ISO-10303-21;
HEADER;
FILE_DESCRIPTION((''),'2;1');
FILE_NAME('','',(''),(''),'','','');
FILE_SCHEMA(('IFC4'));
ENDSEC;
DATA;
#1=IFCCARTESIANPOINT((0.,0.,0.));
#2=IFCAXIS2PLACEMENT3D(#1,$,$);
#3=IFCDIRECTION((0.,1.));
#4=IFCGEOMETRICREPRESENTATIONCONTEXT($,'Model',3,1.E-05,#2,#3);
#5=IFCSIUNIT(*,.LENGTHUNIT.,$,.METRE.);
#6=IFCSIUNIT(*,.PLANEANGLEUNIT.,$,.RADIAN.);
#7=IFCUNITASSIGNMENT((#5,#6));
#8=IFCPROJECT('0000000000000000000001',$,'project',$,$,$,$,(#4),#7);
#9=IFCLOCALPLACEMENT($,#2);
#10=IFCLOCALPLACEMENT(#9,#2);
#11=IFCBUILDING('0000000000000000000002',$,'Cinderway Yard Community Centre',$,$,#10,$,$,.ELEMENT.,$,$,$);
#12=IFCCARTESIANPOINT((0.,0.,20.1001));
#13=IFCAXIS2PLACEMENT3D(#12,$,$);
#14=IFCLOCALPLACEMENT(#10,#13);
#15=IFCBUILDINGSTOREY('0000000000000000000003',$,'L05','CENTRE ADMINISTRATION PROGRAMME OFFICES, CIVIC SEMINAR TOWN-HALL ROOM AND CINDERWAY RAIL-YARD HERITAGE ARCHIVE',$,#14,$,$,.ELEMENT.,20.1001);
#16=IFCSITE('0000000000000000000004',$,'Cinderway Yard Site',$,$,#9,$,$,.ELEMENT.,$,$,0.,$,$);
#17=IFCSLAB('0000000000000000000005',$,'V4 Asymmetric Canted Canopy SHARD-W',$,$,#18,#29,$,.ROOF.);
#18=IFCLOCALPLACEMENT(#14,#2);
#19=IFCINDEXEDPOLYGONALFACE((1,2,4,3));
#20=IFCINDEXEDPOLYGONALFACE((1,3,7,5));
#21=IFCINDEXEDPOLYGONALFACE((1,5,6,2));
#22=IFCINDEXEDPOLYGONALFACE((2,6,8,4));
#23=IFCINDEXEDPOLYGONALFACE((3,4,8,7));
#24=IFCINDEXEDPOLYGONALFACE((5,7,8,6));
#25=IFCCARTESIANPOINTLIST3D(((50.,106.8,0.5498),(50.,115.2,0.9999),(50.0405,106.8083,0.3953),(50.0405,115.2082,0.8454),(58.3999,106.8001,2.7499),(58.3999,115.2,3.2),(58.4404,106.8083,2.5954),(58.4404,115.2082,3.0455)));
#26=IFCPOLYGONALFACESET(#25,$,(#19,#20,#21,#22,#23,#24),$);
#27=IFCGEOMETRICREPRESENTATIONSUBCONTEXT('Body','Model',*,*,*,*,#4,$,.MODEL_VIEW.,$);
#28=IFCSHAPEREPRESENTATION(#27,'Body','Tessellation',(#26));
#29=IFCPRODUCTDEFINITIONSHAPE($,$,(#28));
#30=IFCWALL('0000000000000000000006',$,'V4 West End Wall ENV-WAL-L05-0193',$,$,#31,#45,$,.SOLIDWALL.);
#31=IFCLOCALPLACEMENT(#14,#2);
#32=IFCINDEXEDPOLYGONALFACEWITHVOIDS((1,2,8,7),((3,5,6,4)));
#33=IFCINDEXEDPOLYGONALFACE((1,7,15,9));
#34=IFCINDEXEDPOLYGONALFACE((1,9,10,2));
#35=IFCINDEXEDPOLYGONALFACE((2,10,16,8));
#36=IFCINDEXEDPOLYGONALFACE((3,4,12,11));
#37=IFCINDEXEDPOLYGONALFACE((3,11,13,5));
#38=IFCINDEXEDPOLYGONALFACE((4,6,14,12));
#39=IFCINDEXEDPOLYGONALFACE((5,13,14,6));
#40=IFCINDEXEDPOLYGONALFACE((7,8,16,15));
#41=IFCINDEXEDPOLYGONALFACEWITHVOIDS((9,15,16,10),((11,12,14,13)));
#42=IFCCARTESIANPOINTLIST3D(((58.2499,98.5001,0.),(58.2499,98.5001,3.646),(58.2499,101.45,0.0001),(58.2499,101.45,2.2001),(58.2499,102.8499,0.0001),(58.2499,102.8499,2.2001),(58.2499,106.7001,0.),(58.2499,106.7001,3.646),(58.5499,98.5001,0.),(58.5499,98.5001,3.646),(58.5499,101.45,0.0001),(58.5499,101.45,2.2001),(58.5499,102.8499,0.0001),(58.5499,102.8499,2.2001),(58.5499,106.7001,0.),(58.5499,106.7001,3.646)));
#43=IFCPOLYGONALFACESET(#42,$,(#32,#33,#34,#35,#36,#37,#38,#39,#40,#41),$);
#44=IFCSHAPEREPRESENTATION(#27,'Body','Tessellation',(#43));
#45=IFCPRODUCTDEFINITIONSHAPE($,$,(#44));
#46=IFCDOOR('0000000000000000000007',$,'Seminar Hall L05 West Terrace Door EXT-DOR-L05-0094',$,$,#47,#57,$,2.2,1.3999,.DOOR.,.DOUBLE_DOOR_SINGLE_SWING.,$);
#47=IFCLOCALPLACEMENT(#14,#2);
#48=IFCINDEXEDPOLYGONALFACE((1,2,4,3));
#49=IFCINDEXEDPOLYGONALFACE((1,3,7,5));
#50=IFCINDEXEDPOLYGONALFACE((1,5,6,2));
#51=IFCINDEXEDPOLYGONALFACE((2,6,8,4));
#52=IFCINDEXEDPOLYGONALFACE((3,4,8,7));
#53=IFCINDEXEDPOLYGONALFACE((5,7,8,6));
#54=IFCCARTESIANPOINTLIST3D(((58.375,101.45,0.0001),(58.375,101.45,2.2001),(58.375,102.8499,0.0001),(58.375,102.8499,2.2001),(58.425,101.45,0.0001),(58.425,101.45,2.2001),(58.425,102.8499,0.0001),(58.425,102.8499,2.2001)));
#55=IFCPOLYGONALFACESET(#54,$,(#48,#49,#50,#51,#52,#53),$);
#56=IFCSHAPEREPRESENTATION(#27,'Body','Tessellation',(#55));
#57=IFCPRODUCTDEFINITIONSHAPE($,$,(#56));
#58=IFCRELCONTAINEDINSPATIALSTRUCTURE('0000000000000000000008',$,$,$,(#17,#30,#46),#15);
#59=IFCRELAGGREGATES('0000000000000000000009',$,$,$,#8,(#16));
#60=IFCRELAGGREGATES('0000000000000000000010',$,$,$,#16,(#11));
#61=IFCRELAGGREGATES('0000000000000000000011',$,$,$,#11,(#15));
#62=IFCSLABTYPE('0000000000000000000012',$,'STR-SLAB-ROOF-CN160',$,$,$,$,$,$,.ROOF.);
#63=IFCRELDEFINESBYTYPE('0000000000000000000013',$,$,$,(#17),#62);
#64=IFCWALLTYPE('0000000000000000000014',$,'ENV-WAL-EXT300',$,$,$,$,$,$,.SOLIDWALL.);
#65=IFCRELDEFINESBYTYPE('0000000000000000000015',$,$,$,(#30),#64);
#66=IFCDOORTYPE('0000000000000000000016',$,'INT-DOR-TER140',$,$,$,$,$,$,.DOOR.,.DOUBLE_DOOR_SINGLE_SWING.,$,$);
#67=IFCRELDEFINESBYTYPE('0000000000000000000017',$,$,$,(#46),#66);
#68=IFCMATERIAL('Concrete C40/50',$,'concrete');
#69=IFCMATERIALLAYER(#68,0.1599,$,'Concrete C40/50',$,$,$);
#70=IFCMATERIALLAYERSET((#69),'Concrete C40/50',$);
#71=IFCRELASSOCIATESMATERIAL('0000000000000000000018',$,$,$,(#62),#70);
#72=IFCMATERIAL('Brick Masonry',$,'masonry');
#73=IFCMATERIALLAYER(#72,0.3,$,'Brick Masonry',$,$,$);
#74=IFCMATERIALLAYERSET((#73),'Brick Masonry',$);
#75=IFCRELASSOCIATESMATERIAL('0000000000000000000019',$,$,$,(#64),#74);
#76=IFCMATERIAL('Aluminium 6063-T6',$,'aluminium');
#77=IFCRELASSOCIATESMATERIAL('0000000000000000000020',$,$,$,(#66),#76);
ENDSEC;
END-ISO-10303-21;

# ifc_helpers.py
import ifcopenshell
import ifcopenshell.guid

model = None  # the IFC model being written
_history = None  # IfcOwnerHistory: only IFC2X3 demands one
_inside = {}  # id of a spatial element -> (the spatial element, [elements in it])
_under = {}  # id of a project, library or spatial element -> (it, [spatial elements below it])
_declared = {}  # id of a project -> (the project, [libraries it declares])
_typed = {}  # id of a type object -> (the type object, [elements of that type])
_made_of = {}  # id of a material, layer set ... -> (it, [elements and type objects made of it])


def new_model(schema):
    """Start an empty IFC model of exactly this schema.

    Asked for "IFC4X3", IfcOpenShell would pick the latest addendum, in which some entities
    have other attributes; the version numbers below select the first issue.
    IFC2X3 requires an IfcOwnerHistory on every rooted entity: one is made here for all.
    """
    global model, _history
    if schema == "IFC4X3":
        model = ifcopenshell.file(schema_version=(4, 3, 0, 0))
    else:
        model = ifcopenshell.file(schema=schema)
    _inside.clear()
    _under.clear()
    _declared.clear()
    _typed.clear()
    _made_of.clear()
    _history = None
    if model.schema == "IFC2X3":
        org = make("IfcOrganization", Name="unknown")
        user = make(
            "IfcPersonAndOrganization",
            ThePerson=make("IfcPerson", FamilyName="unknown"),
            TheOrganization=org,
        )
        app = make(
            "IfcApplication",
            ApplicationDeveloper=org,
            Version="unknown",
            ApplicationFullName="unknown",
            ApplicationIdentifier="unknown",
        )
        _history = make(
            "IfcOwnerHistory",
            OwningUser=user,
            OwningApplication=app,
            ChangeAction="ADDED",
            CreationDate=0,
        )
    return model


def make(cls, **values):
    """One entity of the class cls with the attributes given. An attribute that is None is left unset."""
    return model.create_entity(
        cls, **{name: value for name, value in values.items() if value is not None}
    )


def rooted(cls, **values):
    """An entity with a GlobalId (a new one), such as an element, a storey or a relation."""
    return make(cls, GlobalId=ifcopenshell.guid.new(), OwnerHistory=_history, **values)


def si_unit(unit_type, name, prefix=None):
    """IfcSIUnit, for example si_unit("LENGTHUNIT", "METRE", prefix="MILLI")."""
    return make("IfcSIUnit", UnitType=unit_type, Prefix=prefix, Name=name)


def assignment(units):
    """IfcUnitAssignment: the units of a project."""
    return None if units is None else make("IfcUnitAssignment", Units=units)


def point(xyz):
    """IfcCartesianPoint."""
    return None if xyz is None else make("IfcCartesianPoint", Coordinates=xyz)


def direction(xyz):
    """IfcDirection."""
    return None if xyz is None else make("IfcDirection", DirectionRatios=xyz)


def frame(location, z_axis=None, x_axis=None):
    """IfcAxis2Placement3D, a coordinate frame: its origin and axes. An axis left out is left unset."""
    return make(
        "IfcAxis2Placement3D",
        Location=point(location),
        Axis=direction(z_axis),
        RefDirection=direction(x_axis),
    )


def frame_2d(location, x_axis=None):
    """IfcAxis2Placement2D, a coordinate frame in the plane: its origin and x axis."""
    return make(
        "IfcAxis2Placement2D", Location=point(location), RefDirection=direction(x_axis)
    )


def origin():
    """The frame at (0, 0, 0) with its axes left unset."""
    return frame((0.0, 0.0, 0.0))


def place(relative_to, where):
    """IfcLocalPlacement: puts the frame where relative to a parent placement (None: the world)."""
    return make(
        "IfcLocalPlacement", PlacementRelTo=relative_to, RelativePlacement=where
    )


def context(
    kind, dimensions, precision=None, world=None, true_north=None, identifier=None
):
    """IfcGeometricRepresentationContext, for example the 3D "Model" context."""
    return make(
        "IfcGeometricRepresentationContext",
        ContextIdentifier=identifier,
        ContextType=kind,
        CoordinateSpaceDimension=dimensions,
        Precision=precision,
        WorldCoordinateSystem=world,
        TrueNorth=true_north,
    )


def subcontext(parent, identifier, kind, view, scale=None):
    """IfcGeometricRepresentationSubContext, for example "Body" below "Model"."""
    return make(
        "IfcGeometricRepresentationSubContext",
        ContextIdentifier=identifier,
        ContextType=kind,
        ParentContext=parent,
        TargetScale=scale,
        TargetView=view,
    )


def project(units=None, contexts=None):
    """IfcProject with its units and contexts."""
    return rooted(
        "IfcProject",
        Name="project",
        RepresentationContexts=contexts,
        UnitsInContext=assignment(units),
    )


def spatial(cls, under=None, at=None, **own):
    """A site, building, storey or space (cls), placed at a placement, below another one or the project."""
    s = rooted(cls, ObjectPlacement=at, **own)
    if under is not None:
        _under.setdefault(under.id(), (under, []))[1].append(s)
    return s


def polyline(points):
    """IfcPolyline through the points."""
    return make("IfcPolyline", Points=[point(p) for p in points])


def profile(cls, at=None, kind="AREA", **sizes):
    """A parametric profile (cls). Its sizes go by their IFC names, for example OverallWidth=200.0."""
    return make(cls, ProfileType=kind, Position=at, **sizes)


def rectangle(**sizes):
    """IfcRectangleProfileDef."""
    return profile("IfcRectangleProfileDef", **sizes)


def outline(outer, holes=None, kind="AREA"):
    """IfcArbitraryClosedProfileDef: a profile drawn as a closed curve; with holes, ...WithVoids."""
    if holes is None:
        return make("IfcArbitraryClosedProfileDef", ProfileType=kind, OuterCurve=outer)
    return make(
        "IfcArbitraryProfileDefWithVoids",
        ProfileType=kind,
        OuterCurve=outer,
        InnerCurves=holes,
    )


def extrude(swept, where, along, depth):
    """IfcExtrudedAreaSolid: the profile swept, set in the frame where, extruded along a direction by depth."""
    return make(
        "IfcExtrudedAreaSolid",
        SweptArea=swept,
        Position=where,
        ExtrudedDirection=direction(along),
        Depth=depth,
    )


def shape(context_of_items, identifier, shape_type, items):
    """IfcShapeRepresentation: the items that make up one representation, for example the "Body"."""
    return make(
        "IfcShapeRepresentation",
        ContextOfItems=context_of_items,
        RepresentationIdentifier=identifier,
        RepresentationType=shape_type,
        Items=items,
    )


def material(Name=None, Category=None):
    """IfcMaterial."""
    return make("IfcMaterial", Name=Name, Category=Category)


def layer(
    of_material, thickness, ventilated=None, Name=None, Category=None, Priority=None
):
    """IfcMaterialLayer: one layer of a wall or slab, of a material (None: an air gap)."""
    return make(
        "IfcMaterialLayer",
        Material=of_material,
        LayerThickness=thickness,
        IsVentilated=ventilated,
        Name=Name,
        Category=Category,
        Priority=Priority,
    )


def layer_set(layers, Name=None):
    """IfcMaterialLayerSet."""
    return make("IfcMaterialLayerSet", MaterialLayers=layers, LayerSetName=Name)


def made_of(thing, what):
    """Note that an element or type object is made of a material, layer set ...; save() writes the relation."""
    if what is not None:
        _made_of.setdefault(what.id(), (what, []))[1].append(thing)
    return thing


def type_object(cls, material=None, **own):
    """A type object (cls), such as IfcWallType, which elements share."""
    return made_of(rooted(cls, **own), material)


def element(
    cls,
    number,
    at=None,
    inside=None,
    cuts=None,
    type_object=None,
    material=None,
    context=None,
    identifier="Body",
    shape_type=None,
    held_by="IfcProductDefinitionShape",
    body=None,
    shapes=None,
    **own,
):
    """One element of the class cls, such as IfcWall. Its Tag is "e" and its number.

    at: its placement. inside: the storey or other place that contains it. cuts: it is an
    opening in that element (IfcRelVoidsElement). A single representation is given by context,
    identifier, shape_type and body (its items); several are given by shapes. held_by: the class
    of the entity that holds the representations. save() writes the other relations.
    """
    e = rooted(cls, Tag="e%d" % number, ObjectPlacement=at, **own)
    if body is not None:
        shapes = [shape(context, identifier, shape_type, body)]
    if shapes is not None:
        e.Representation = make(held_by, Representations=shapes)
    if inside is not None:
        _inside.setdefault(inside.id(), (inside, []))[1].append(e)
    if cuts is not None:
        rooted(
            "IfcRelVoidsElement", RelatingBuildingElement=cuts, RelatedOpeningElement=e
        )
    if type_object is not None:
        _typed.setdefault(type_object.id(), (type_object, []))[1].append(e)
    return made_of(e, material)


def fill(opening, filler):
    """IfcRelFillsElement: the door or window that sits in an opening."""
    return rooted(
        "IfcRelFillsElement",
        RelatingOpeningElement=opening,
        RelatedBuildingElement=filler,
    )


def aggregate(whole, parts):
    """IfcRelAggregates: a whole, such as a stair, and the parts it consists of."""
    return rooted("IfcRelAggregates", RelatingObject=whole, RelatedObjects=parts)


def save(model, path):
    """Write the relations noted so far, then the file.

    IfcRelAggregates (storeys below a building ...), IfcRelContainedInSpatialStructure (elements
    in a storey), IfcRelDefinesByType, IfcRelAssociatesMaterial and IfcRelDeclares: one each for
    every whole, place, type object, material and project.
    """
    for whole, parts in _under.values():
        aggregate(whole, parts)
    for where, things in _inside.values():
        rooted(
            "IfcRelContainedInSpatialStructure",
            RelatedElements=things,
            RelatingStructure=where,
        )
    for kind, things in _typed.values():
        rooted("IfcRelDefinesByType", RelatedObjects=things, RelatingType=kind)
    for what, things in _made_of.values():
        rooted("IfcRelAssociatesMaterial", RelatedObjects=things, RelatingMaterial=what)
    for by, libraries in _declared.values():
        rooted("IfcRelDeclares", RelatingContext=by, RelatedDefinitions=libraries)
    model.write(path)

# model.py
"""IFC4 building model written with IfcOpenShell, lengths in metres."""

from ifc_helpers import new_model, si_unit, direction, frame, frame_2d, origin, place, context, subcontext, project, spatial, polyline, rectangle, outline, extrude, material, layer, layer_set, type_object, element, fill, save


model = new_model("IFC4")

# Units and contexts
model_context = context("Model", 3, precision=1e-05, world=origin(), true_north=direction((0.0, 1.0)))
body_context = subcontext(model_context, "Body", "Model", "MODEL_VIEW")
ifc_project = project(units=[si_unit("LENGTHUNIT", "METRE"), si_unit("PLANEANGLEUNIT", "RADIAN")], contexts=[model_context])

# Site, building, storey
site_placement = place(None, origin())
site = spatial("IfcSite", under=ifc_project, at=site_placement, Name="Cinderway Yard Site", CompositionType="ELEMENT", RefElevation=0.0)
building_placement = place(site_placement, origin())
building = spatial("IfcBuilding", under=site, at=building_placement, Name="Cinderway Yard Community Centre", CompositionType="ELEMENT")
storey_placement = place(building_placement, frame((0.0, 0.0, 20.1001)))
storey = spatial("IfcBuildingStorey", under=building, at=storey_placement, Name="L05", Description="CENTRE ADMINISTRATION PROGRAMME OFFICES, CIVIC SEMINAR TOWN-HALL ROOM AND CINDERWAY RAIL-YARD HERITAGE ARCHIVE", CompositionType="ELEMENT", Elevation=20.1001)

# Shared definitions
ifc_material_1 = material(Name="Concrete C40/50", Category="concrete")

# Slab
ifc_layer_1 = layer(ifc_material_1, 0.1599, Name="Concrete C40/50")
ifc_layer_set_1 = layer_set([ifc_layer_1], Name="Concrete C40/50")
slab_type = type_object("IfcSlabType", Name="STR-SLAB-ROOF-CN160", PredefinedType="ROOF", material=ifc_layer_set_1)
slab_placement = place(storey_placement, frame((50.0, 106.8, 0.5498), z_axis=(-0.25303, -0.051763, 0.966073), x_axis=(0.967369, 0.000001, 0.25337)))
element("IfcSlab", 1, at=slab_placement, inside=storey, type_object=slab_type, Name="V4 Asymmetric Canted Canopy SHARD-W", PredefinedType="ROOF", context=body_context, shape_type="SweptSolid", body=[
    extrude(outline(polyline([(0.0, 0.0), (8.6833, 0.0), (8.7973, 8.4112), (0.1141, 8.4112), (0.0, 0.0)])), origin(), (0.0, 0.0, -1.0), 0.1599),
])

# Wall, opening, door
ifc_material_2 = material(Name="Brick Masonry", Category="masonry")
ifc_layer_2 = layer(ifc_material_2, 0.3, Name="Brick Masonry")
ifc_layer_set_2 = layer_set([ifc_layer_2], Name="Brick Masonry")
wall_type_1 = type_object("IfcWallType", Name="ENV-WAL-EXT300", PredefinedType="SOLIDWALL", material=ifc_layer_set_2)
wall_1_placement = place(storey_placement, frame((58.3999, 98.5, 0.0), z_axis=(0.0, 0.0, 1.0), x_axis=(0.0, 1.0, 0.0)))
wall_1 = element("IfcWall", 2, at=wall_1_placement, inside=storey, type_object=wall_type_1, Name="V4 West End Wall ENV-WAL-L05-0193", PredefinedType="SOLIDWALL", context=body_context, shape_type="SweptSolid", body=[
    extrude(rectangle(XDim=8.2, YDim=0.3, at=frame_2d((4.1001, 0.0))), origin(), (0.0, 0.0, 1.0), 3.646),
])
opening_1_placement = place(wall_1_placement, frame((2.95, 0.0, 0.0)))
opening_1 = element("IfcOpeningElement", 3, at=opening_1_placement, cuts=wall_1, PredefinedType="OPENING", context=body_context, shape_type="SweptSolid", body=[
    extrude(rectangle(XDim=1.3999, YDim=2.2, at=frame_2d((0.7, 1.1001))), frame((0.0, 0.1599, 0.0), z_axis=(0.0, -1.0, 0.0), x_axis=(1.0, 0.0, 0.0)), (0.0, 0.0, 1.0), 0.3201),
])
ifc_material_3 = material(Name="Aluminium 6063-T6", Category="aluminium")
door_type_1 = type_object("IfcDoorType", Name="INT-DOR-TER140", OperationType="DOUBLE_DOOR_SINGLE_SWING", PredefinedType="DOOR", material=ifc_material_3)
door_1_placement = place(opening_1_placement, origin())
door_1 = element("IfcDoor", 4, at=door_1_placement, inside=storey, type_object=door_type_1, Name="Seminar Hall L05 West Terrace Door EXT-DOR-L05-0094", OperationType="DOUBLE_DOOR_SINGLE_SWING", OverallHeight=2.2, OverallWidth=1.3999, PredefinedType="DOOR", context=body_context, shape_type="SweptSolid", body=[
    extrude(rectangle(XDim=1.3999, YDim=2.2, at=frame_2d((0.7, 1.1001))), frame((0.0, 0.0249, 0.0), z_axis=(0.0, -1.0, 0.0), x_axis=(1.0, 0.0, 0.0)), (0.0, 0.0, 1.0), 0.05),
])
fill(opening_1, door_1)

save(model, "model.ifc")
